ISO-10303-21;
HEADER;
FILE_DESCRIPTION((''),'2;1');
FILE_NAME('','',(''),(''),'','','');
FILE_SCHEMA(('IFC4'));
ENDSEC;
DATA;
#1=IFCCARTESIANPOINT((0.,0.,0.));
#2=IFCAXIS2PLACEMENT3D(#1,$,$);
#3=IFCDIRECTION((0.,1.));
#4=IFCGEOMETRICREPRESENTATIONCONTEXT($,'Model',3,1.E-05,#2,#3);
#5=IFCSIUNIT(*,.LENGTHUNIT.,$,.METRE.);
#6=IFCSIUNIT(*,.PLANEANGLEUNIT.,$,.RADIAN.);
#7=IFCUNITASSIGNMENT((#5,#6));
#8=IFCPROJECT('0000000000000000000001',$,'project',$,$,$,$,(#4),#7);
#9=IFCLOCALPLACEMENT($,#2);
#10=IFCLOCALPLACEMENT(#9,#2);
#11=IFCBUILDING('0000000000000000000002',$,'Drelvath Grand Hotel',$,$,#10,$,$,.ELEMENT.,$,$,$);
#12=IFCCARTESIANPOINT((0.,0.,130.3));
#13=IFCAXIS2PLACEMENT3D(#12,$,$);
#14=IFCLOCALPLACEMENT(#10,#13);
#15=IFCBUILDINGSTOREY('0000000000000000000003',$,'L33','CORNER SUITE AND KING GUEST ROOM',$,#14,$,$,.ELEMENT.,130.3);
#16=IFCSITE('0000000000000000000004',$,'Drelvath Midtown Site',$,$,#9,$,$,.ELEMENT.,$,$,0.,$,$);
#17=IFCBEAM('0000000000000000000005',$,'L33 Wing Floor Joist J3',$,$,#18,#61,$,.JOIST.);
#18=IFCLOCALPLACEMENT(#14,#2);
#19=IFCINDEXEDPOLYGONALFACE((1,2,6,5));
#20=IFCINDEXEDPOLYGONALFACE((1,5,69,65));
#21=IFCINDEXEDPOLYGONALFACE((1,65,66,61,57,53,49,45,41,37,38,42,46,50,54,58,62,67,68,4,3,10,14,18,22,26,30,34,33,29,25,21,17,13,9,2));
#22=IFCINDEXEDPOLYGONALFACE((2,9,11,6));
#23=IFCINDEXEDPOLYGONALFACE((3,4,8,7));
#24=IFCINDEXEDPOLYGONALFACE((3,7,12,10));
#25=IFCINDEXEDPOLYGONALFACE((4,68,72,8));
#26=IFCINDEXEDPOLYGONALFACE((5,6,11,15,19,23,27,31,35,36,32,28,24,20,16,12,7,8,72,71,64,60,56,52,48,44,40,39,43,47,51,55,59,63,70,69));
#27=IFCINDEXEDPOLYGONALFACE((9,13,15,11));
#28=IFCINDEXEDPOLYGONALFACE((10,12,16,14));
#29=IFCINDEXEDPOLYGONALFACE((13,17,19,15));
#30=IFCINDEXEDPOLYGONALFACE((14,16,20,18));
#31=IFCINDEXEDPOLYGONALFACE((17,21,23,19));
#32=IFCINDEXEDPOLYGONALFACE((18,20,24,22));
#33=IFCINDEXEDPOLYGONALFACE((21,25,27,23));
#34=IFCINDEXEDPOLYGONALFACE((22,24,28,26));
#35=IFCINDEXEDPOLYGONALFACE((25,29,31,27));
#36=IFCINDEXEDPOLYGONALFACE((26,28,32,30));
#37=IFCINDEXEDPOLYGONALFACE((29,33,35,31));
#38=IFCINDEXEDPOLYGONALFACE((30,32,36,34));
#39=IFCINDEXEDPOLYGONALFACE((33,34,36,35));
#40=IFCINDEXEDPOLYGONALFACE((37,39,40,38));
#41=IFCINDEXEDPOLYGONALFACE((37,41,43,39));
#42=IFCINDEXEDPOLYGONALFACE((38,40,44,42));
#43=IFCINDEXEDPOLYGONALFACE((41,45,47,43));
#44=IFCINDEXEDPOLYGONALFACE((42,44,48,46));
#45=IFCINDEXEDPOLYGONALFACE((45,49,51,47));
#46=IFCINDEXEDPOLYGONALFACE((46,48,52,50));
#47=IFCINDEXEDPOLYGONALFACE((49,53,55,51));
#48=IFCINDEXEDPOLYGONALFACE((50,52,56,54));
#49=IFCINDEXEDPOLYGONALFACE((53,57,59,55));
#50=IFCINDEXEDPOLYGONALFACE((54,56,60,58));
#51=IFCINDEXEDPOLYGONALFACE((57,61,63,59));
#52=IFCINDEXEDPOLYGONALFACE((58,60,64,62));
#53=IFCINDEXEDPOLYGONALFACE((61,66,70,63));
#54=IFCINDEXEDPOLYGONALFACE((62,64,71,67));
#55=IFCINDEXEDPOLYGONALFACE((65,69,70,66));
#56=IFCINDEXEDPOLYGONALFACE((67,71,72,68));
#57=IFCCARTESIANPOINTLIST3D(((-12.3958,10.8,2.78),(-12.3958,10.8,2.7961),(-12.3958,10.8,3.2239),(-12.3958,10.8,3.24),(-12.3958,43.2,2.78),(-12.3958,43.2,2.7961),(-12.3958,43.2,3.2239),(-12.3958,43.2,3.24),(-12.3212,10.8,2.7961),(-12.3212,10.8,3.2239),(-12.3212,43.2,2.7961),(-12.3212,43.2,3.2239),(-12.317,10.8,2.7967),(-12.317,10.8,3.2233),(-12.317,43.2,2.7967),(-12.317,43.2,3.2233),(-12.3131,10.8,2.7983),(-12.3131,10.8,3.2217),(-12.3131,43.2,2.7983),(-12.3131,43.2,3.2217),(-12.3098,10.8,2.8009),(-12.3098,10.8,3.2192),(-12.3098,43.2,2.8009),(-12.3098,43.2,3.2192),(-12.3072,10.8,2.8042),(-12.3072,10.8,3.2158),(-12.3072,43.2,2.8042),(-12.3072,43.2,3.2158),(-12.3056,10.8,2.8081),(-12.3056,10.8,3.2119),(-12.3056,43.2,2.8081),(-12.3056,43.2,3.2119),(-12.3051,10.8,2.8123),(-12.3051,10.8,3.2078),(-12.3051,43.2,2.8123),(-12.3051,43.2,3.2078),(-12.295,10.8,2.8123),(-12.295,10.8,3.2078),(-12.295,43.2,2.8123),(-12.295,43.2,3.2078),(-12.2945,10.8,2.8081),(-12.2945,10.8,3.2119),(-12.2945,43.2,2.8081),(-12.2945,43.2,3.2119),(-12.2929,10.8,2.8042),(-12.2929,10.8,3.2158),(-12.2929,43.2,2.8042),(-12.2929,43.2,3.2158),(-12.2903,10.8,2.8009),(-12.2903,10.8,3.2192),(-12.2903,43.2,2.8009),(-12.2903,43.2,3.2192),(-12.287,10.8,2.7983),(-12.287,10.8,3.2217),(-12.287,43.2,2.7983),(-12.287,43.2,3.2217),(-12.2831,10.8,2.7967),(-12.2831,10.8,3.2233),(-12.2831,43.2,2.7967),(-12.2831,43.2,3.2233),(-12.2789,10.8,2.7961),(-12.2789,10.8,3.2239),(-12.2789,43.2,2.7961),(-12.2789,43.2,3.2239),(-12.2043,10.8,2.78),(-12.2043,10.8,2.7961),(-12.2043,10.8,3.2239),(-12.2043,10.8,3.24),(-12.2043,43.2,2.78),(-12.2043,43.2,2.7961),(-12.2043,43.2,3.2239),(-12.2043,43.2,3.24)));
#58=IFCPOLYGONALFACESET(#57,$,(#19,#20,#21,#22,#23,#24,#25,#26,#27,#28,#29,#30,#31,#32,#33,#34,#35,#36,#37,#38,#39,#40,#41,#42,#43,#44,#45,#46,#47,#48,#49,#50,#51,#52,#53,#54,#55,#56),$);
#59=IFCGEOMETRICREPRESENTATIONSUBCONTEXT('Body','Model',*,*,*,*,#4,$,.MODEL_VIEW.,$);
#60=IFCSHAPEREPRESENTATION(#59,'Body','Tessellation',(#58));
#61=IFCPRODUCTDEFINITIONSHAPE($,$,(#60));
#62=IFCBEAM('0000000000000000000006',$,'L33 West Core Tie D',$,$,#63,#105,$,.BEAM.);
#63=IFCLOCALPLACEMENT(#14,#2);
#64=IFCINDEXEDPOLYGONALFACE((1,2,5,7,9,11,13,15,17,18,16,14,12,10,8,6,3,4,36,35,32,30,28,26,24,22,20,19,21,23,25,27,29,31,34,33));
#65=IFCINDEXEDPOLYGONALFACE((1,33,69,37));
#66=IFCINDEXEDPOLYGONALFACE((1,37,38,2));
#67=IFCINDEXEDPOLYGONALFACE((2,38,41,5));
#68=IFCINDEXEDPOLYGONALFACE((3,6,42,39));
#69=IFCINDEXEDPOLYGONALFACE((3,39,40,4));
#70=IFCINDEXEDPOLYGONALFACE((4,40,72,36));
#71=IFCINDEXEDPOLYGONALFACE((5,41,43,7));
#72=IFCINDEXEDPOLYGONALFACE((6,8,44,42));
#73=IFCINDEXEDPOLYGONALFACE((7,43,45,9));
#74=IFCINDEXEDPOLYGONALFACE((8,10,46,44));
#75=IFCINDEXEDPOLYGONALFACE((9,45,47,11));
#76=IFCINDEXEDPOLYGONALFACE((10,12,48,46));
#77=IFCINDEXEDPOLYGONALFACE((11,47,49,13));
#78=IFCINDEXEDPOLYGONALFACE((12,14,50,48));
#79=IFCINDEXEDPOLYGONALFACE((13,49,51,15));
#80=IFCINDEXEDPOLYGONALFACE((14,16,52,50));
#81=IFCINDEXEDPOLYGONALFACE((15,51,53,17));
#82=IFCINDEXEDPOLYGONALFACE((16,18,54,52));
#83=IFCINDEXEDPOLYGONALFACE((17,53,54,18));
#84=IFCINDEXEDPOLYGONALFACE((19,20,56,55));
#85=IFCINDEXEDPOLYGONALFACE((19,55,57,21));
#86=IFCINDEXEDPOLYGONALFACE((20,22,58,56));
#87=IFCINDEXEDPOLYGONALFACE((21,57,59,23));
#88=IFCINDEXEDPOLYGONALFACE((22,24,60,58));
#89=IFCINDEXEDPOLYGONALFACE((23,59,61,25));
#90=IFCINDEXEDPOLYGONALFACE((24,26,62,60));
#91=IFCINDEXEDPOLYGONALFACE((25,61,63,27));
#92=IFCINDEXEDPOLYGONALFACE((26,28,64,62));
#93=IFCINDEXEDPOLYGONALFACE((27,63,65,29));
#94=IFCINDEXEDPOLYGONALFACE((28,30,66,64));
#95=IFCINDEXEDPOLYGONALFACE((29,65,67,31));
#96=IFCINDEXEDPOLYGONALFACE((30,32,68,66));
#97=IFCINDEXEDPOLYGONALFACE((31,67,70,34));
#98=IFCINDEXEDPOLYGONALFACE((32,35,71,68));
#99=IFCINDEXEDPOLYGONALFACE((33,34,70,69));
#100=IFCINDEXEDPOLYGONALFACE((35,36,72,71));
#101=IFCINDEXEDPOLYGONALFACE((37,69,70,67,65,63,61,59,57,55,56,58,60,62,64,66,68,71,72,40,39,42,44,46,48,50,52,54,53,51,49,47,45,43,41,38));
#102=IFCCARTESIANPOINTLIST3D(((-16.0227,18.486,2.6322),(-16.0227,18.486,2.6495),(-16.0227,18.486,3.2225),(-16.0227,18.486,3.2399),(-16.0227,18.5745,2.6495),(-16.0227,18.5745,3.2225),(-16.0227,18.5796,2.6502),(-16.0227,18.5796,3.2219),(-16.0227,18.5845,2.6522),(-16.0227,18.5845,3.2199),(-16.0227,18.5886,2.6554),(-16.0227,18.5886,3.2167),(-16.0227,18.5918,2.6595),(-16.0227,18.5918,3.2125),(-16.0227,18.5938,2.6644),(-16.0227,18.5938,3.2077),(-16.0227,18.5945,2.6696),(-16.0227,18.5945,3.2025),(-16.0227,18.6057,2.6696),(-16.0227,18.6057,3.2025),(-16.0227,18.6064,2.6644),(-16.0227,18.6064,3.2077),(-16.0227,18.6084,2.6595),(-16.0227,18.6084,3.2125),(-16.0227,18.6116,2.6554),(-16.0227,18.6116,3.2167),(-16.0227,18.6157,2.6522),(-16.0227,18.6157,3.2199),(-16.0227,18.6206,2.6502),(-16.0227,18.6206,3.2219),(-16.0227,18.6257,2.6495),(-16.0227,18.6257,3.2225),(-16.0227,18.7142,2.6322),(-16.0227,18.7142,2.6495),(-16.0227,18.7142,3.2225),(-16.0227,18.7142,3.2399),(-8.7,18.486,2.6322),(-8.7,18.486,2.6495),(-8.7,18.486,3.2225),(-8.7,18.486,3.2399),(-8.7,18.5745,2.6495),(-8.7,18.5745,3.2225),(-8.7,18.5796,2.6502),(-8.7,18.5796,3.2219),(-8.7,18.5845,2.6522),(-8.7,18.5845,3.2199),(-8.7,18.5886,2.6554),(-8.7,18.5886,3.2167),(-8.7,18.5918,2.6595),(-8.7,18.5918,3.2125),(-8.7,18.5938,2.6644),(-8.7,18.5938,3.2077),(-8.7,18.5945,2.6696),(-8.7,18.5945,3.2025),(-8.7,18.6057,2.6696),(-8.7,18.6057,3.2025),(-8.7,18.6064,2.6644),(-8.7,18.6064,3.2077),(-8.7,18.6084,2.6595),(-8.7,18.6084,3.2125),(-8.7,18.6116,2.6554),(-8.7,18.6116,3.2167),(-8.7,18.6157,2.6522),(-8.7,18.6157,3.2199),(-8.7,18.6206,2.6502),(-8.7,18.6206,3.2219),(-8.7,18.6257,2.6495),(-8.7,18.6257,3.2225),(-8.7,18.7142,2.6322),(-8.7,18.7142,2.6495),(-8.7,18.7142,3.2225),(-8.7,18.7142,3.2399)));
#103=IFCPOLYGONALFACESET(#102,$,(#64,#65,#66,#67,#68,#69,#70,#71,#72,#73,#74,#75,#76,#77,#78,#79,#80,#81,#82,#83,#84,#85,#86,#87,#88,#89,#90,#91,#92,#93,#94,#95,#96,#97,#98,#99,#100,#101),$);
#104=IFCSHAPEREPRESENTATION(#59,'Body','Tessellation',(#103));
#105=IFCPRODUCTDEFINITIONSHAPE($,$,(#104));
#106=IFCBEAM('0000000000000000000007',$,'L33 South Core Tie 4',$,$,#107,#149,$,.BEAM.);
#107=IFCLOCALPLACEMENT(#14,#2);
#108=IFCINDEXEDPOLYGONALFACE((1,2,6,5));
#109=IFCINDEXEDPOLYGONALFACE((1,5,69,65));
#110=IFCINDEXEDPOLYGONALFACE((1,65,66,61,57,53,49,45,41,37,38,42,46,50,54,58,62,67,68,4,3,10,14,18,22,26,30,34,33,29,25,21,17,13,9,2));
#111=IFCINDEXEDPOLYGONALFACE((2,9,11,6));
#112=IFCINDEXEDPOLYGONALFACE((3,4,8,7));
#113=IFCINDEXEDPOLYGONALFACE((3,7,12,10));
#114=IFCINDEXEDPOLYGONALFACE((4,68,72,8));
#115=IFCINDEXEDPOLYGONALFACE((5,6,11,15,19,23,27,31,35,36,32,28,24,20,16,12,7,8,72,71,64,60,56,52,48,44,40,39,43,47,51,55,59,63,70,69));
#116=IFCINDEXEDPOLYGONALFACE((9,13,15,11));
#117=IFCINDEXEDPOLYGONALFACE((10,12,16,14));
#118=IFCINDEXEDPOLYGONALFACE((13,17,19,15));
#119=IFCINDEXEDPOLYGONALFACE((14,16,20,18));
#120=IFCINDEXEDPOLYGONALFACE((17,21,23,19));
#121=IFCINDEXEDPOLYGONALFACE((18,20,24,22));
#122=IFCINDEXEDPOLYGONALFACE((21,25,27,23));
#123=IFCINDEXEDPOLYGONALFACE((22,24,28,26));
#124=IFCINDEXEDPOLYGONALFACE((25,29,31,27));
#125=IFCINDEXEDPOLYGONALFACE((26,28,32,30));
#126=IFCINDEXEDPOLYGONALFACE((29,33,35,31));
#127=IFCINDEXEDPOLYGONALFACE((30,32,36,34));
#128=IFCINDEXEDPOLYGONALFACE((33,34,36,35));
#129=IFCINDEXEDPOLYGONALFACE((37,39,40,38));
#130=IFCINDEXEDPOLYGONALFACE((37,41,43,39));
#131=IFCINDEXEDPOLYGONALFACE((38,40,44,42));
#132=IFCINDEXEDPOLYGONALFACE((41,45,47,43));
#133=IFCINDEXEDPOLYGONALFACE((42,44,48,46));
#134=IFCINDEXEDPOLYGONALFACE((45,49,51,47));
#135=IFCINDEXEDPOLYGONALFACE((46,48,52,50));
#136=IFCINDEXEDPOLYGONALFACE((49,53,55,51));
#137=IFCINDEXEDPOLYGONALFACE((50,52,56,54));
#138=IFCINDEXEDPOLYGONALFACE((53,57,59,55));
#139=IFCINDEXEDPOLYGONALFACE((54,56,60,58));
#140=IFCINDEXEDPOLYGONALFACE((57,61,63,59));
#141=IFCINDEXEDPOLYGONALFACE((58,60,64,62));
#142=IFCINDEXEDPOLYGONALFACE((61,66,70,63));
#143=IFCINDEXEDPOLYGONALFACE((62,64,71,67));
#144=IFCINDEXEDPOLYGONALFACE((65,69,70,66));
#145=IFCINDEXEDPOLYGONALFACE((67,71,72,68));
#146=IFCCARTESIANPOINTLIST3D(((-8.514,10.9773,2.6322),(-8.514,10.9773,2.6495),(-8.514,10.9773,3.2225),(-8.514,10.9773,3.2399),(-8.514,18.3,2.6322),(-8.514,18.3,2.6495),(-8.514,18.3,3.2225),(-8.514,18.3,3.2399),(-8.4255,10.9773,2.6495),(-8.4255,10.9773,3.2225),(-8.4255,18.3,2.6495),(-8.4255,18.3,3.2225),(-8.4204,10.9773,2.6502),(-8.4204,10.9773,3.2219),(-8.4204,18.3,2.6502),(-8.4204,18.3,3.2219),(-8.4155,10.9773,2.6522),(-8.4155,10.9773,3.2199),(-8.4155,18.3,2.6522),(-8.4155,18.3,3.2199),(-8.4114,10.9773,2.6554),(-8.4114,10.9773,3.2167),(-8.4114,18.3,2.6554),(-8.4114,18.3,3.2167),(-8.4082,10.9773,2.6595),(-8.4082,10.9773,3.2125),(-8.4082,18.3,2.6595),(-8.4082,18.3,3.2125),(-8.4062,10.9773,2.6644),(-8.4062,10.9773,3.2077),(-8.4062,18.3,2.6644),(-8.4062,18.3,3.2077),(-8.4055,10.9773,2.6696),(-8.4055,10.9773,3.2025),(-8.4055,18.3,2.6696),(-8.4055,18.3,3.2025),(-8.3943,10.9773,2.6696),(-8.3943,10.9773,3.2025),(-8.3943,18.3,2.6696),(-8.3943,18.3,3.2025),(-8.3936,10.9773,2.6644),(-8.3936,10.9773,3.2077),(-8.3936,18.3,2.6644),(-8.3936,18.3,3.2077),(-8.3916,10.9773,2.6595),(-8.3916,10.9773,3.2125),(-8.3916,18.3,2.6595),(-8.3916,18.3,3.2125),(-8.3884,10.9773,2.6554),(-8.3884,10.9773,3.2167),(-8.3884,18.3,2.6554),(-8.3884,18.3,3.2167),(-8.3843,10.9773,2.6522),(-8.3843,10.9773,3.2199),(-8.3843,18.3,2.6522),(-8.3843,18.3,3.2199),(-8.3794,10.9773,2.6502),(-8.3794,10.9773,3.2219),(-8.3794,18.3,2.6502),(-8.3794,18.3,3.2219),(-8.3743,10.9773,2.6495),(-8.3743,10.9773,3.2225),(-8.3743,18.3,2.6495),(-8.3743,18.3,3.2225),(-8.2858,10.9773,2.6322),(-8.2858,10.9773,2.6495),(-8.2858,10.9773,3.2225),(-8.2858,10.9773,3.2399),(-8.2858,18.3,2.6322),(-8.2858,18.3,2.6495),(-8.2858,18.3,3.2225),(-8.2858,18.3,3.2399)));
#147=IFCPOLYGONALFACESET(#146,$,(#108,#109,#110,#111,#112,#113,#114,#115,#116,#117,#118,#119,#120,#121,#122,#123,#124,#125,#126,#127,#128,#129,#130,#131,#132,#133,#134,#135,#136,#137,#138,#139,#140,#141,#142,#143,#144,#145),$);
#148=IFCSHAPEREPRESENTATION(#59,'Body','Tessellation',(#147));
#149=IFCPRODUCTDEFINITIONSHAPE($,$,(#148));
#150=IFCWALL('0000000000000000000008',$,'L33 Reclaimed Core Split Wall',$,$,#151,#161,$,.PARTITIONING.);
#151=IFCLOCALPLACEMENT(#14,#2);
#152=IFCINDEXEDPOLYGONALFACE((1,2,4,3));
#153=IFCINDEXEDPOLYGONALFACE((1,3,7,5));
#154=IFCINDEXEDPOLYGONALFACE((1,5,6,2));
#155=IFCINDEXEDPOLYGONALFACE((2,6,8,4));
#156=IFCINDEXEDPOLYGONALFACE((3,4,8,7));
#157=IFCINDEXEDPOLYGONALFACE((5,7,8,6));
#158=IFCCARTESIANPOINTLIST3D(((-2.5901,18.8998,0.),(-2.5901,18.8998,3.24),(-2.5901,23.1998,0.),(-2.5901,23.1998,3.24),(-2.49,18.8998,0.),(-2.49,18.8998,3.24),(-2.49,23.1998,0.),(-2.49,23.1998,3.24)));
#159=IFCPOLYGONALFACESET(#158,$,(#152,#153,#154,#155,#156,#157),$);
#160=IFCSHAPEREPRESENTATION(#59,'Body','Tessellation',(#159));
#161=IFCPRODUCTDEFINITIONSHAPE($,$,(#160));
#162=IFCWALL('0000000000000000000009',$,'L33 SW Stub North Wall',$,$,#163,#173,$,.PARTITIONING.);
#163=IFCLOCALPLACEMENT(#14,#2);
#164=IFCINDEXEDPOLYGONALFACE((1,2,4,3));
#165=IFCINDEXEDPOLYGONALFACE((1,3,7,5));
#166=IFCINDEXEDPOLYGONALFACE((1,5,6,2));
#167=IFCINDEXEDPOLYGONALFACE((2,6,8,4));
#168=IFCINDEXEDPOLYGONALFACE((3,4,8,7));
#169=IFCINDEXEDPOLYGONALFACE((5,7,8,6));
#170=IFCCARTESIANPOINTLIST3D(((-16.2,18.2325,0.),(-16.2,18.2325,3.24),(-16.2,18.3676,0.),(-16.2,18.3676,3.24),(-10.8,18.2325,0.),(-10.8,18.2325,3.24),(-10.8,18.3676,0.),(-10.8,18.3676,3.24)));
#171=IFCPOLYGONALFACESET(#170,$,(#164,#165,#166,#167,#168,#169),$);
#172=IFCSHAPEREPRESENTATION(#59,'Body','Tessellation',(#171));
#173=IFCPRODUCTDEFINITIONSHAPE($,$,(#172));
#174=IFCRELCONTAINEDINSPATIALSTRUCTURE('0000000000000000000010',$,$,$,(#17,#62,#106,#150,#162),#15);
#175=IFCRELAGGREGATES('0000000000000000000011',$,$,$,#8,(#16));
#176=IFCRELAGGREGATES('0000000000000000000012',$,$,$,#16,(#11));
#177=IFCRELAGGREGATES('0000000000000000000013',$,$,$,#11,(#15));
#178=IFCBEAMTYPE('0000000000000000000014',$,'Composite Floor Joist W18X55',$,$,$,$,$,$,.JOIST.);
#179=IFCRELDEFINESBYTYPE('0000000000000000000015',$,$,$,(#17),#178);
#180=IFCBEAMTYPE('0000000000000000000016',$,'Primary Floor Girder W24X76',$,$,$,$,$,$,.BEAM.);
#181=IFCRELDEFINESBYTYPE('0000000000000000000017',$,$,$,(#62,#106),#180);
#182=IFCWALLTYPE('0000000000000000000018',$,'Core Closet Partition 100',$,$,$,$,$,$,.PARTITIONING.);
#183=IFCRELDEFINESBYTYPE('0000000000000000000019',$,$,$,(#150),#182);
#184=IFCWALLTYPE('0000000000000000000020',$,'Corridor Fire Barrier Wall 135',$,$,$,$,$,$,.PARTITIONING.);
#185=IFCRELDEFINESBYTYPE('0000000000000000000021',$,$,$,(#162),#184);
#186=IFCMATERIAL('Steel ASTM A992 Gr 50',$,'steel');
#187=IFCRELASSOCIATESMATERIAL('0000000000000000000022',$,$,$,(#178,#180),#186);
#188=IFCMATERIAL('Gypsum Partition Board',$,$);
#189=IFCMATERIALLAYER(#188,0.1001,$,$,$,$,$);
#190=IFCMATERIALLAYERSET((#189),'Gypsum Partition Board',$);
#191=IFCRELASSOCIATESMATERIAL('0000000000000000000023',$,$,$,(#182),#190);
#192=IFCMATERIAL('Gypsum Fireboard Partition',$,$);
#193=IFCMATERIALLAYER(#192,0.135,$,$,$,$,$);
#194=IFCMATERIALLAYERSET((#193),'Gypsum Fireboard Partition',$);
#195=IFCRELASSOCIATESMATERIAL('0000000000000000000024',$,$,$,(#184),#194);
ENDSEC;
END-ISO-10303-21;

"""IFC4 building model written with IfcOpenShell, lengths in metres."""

from ifc_helpers import new_model, si_unit, direction, frame, frame_2d, origin, origin_2d, place, context, subcontext, project, spatial, rectangle, i_section, extrude, material, layer, layer_set, material_profile, profile_set, type_object, element, save


model = new_model("IFC4")

# Units and contexts
model_context = context("Model", 3, precision=1e-05, world=origin(), true_north=direction((0.0, 1.0)))
body_context = subcontext(model_context, "Body", "Model", "MODEL_VIEW")
ifc_project = project(units=[si_unit("LENGTHUNIT", "METRE"), si_unit("PLANEANGLEUNIT", "RADIAN")], contexts=[model_context])

# Site, building, storey
site_placement = place(None, origin())
site = spatial("IfcSite", under=ifc_project, at=site_placement, Name="Drelvath Midtown Site", CompositionType="ELEMENT", RefElevation=0.0)
building_placement = place(site_placement, origin())
building = spatial("IfcBuilding", under=site, at=building_placement, Name="Drelvath Grand Hotel", CompositionType="ELEMENT")
storey_placement = place(building_placement, frame((0.0, 0.0, 130.3)))
storey = spatial("IfcBuildingStorey", under=building, at=storey_placement, Name="L33", Description="CORNER SUITE AND KING GUEST ROOM", CompositionType="ELEMENT", Elevation=130.3)

# Beams
ifc_material_1 = material(Name="Steel ASTM A992 Gr 50", Category="steel")
ifc_material_profile_1 = material_profile(ifc_material_1, i_section(OverallWidth=0.1914, OverallDepth=0.46, WebThickness=0.01, FlangeThickness=0.0161, FilletRadius=0.0161, at=origin_2d()), Name="W18X55")
ifc_profile_set_1 = profile_set([ifc_material_profile_1], Name="Steel ASTM A992 Gr 50")
beam_type_1 = type_object("IfcBeamType", Name="Composite Floor Joist W18X55", PredefinedType="JOIST", material=ifc_profile_set_1)
beam_placement = place(storey_placement, frame((-12.3, 10.8, 3.01), z_axis=(0.0, 1.0, 0.0), x_axis=(-1.0, 0.0, 0.0)))
element("IfcBeam", 1, at=beam_placement, inside=storey, type_object=beam_type_1, Name="L33 Wing Floor Joist J3", PredefinedType="JOIST", context=body_context, shape_type="SweptSolid", body=[
    extrude(i_section(OverallWidth=0.1914, OverallDepth=0.46, WebThickness=0.01, FlangeThickness=0.0161, FilletRadius=0.0161, at=origin_2d()), origin(), (0.0, 0.0, 1.0), 32.3999),
])
ifc_material_profile_2 = material_profile(ifc_material_1, i_section(OverallWidth=0.2283, OverallDepth=0.6077, WebThickness=0.0112, FlangeThickness=0.0173, FilletRadius=0.02, at=origin_2d()), Name="W24X76")
ifc_profile_set_2 = profile_set([ifc_material_profile_2], Name="Steel ASTM A992 Gr 50")
beam_type_2 = type_object("IfcBeamType", Name="Primary Floor Girder W24X76", PredefinedType="BEAM", material=ifc_profile_set_2)
for number, where, z_axis, x_axis, name in (
    (2, (-16.0227, 18.6001, 2.936), (1.0, 0.0, 0.0), (0.0, 1.0, 0.0), "L33 West Core Tie D"),
    (3, (-8.3999, 10.9773, 2.936), (0.0, 1.0, 0.0), (-1.0, 0.0, 0.0), "L33 South Core Tie 4"),
):
    element("IfcBeam", number, at=place(storey_placement, frame(where, z_axis=z_axis, x_axis=x_axis)), inside=storey, type_object=beam_type_2, Name=name, PredefinedType="BEAM", context=body_context, shape_type="SweptSolid", body=[
        extrude(i_section(OverallWidth=0.2283, OverallDepth=0.6077, WebThickness=0.0112, FlangeThickness=0.0173, FilletRadius=0.02, at=origin_2d()), origin(), (0.0, 0.0, 1.0), 7.3228),
    ])

# Walls
ifc_material_2 = material(Name="Gypsum Partition Board")
ifc_layer_1 = layer(ifc_material_2, 0.1001)
ifc_layer_set_1 = layer_set([ifc_layer_1], Name="Gypsum Partition Board")
wall_type_1 = type_object("IfcWallType", Name="Core Closet Partition 100", PredefinedType="PARTITIONING", material=ifc_layer_set_1)
wall_1_placement = place(storey_placement, frame((-2.54, 18.8999, 0.0), z_axis=(0.0, 0.0, 1.0), x_axis=(0.0, 1.0, 0.0)))
element("IfcWall", 4, at=wall_1_placement, inside=storey, type_object=wall_type_1, Name="L33 Reclaimed Core Split Wall", PredefinedType="PARTITIONING", context=body_context, shape_type="SweptSolid", body=[
    extrude(rectangle(XDim=4.3, YDim=0.1001, at=frame_2d((2.1499, 0.0))), origin(), (0.0, 0.0, 1.0), 3.24),
])
ifc_material_3 = material(Name="Gypsum Fireboard Partition")
ifc_layer_2 = layer(ifc_material_3, 0.135)
ifc_layer_set_2 = layer_set([ifc_layer_2], Name="Gypsum Fireboard Partition")
wall_type_2 = type_object("IfcWallType", Name="Corridor Fire Barrier Wall 135", PredefinedType="PARTITIONING", material=ifc_layer_set_2)
wall_2_placement = place(storey_placement, frame((-16.2, 18.3, 0.0), z_axis=(0.0, 0.0, 1.0), x_axis=(1.0, 0.0, 0.0)))
element("IfcWall", 5, at=wall_2_placement, inside=storey, type_object=wall_type_2, Name="L33 SW Stub North Wall", PredefinedType="PARTITIONING", context=body_context, shape_type="SweptSolid", body=[
    extrude(rectangle(XDim=5.3999, YDim=0.135, at=frame_2d((2.7, 0.0))), origin(), (0.0, 0.0, 1.0), 3.24),
])

save(model, "model.ifc")
